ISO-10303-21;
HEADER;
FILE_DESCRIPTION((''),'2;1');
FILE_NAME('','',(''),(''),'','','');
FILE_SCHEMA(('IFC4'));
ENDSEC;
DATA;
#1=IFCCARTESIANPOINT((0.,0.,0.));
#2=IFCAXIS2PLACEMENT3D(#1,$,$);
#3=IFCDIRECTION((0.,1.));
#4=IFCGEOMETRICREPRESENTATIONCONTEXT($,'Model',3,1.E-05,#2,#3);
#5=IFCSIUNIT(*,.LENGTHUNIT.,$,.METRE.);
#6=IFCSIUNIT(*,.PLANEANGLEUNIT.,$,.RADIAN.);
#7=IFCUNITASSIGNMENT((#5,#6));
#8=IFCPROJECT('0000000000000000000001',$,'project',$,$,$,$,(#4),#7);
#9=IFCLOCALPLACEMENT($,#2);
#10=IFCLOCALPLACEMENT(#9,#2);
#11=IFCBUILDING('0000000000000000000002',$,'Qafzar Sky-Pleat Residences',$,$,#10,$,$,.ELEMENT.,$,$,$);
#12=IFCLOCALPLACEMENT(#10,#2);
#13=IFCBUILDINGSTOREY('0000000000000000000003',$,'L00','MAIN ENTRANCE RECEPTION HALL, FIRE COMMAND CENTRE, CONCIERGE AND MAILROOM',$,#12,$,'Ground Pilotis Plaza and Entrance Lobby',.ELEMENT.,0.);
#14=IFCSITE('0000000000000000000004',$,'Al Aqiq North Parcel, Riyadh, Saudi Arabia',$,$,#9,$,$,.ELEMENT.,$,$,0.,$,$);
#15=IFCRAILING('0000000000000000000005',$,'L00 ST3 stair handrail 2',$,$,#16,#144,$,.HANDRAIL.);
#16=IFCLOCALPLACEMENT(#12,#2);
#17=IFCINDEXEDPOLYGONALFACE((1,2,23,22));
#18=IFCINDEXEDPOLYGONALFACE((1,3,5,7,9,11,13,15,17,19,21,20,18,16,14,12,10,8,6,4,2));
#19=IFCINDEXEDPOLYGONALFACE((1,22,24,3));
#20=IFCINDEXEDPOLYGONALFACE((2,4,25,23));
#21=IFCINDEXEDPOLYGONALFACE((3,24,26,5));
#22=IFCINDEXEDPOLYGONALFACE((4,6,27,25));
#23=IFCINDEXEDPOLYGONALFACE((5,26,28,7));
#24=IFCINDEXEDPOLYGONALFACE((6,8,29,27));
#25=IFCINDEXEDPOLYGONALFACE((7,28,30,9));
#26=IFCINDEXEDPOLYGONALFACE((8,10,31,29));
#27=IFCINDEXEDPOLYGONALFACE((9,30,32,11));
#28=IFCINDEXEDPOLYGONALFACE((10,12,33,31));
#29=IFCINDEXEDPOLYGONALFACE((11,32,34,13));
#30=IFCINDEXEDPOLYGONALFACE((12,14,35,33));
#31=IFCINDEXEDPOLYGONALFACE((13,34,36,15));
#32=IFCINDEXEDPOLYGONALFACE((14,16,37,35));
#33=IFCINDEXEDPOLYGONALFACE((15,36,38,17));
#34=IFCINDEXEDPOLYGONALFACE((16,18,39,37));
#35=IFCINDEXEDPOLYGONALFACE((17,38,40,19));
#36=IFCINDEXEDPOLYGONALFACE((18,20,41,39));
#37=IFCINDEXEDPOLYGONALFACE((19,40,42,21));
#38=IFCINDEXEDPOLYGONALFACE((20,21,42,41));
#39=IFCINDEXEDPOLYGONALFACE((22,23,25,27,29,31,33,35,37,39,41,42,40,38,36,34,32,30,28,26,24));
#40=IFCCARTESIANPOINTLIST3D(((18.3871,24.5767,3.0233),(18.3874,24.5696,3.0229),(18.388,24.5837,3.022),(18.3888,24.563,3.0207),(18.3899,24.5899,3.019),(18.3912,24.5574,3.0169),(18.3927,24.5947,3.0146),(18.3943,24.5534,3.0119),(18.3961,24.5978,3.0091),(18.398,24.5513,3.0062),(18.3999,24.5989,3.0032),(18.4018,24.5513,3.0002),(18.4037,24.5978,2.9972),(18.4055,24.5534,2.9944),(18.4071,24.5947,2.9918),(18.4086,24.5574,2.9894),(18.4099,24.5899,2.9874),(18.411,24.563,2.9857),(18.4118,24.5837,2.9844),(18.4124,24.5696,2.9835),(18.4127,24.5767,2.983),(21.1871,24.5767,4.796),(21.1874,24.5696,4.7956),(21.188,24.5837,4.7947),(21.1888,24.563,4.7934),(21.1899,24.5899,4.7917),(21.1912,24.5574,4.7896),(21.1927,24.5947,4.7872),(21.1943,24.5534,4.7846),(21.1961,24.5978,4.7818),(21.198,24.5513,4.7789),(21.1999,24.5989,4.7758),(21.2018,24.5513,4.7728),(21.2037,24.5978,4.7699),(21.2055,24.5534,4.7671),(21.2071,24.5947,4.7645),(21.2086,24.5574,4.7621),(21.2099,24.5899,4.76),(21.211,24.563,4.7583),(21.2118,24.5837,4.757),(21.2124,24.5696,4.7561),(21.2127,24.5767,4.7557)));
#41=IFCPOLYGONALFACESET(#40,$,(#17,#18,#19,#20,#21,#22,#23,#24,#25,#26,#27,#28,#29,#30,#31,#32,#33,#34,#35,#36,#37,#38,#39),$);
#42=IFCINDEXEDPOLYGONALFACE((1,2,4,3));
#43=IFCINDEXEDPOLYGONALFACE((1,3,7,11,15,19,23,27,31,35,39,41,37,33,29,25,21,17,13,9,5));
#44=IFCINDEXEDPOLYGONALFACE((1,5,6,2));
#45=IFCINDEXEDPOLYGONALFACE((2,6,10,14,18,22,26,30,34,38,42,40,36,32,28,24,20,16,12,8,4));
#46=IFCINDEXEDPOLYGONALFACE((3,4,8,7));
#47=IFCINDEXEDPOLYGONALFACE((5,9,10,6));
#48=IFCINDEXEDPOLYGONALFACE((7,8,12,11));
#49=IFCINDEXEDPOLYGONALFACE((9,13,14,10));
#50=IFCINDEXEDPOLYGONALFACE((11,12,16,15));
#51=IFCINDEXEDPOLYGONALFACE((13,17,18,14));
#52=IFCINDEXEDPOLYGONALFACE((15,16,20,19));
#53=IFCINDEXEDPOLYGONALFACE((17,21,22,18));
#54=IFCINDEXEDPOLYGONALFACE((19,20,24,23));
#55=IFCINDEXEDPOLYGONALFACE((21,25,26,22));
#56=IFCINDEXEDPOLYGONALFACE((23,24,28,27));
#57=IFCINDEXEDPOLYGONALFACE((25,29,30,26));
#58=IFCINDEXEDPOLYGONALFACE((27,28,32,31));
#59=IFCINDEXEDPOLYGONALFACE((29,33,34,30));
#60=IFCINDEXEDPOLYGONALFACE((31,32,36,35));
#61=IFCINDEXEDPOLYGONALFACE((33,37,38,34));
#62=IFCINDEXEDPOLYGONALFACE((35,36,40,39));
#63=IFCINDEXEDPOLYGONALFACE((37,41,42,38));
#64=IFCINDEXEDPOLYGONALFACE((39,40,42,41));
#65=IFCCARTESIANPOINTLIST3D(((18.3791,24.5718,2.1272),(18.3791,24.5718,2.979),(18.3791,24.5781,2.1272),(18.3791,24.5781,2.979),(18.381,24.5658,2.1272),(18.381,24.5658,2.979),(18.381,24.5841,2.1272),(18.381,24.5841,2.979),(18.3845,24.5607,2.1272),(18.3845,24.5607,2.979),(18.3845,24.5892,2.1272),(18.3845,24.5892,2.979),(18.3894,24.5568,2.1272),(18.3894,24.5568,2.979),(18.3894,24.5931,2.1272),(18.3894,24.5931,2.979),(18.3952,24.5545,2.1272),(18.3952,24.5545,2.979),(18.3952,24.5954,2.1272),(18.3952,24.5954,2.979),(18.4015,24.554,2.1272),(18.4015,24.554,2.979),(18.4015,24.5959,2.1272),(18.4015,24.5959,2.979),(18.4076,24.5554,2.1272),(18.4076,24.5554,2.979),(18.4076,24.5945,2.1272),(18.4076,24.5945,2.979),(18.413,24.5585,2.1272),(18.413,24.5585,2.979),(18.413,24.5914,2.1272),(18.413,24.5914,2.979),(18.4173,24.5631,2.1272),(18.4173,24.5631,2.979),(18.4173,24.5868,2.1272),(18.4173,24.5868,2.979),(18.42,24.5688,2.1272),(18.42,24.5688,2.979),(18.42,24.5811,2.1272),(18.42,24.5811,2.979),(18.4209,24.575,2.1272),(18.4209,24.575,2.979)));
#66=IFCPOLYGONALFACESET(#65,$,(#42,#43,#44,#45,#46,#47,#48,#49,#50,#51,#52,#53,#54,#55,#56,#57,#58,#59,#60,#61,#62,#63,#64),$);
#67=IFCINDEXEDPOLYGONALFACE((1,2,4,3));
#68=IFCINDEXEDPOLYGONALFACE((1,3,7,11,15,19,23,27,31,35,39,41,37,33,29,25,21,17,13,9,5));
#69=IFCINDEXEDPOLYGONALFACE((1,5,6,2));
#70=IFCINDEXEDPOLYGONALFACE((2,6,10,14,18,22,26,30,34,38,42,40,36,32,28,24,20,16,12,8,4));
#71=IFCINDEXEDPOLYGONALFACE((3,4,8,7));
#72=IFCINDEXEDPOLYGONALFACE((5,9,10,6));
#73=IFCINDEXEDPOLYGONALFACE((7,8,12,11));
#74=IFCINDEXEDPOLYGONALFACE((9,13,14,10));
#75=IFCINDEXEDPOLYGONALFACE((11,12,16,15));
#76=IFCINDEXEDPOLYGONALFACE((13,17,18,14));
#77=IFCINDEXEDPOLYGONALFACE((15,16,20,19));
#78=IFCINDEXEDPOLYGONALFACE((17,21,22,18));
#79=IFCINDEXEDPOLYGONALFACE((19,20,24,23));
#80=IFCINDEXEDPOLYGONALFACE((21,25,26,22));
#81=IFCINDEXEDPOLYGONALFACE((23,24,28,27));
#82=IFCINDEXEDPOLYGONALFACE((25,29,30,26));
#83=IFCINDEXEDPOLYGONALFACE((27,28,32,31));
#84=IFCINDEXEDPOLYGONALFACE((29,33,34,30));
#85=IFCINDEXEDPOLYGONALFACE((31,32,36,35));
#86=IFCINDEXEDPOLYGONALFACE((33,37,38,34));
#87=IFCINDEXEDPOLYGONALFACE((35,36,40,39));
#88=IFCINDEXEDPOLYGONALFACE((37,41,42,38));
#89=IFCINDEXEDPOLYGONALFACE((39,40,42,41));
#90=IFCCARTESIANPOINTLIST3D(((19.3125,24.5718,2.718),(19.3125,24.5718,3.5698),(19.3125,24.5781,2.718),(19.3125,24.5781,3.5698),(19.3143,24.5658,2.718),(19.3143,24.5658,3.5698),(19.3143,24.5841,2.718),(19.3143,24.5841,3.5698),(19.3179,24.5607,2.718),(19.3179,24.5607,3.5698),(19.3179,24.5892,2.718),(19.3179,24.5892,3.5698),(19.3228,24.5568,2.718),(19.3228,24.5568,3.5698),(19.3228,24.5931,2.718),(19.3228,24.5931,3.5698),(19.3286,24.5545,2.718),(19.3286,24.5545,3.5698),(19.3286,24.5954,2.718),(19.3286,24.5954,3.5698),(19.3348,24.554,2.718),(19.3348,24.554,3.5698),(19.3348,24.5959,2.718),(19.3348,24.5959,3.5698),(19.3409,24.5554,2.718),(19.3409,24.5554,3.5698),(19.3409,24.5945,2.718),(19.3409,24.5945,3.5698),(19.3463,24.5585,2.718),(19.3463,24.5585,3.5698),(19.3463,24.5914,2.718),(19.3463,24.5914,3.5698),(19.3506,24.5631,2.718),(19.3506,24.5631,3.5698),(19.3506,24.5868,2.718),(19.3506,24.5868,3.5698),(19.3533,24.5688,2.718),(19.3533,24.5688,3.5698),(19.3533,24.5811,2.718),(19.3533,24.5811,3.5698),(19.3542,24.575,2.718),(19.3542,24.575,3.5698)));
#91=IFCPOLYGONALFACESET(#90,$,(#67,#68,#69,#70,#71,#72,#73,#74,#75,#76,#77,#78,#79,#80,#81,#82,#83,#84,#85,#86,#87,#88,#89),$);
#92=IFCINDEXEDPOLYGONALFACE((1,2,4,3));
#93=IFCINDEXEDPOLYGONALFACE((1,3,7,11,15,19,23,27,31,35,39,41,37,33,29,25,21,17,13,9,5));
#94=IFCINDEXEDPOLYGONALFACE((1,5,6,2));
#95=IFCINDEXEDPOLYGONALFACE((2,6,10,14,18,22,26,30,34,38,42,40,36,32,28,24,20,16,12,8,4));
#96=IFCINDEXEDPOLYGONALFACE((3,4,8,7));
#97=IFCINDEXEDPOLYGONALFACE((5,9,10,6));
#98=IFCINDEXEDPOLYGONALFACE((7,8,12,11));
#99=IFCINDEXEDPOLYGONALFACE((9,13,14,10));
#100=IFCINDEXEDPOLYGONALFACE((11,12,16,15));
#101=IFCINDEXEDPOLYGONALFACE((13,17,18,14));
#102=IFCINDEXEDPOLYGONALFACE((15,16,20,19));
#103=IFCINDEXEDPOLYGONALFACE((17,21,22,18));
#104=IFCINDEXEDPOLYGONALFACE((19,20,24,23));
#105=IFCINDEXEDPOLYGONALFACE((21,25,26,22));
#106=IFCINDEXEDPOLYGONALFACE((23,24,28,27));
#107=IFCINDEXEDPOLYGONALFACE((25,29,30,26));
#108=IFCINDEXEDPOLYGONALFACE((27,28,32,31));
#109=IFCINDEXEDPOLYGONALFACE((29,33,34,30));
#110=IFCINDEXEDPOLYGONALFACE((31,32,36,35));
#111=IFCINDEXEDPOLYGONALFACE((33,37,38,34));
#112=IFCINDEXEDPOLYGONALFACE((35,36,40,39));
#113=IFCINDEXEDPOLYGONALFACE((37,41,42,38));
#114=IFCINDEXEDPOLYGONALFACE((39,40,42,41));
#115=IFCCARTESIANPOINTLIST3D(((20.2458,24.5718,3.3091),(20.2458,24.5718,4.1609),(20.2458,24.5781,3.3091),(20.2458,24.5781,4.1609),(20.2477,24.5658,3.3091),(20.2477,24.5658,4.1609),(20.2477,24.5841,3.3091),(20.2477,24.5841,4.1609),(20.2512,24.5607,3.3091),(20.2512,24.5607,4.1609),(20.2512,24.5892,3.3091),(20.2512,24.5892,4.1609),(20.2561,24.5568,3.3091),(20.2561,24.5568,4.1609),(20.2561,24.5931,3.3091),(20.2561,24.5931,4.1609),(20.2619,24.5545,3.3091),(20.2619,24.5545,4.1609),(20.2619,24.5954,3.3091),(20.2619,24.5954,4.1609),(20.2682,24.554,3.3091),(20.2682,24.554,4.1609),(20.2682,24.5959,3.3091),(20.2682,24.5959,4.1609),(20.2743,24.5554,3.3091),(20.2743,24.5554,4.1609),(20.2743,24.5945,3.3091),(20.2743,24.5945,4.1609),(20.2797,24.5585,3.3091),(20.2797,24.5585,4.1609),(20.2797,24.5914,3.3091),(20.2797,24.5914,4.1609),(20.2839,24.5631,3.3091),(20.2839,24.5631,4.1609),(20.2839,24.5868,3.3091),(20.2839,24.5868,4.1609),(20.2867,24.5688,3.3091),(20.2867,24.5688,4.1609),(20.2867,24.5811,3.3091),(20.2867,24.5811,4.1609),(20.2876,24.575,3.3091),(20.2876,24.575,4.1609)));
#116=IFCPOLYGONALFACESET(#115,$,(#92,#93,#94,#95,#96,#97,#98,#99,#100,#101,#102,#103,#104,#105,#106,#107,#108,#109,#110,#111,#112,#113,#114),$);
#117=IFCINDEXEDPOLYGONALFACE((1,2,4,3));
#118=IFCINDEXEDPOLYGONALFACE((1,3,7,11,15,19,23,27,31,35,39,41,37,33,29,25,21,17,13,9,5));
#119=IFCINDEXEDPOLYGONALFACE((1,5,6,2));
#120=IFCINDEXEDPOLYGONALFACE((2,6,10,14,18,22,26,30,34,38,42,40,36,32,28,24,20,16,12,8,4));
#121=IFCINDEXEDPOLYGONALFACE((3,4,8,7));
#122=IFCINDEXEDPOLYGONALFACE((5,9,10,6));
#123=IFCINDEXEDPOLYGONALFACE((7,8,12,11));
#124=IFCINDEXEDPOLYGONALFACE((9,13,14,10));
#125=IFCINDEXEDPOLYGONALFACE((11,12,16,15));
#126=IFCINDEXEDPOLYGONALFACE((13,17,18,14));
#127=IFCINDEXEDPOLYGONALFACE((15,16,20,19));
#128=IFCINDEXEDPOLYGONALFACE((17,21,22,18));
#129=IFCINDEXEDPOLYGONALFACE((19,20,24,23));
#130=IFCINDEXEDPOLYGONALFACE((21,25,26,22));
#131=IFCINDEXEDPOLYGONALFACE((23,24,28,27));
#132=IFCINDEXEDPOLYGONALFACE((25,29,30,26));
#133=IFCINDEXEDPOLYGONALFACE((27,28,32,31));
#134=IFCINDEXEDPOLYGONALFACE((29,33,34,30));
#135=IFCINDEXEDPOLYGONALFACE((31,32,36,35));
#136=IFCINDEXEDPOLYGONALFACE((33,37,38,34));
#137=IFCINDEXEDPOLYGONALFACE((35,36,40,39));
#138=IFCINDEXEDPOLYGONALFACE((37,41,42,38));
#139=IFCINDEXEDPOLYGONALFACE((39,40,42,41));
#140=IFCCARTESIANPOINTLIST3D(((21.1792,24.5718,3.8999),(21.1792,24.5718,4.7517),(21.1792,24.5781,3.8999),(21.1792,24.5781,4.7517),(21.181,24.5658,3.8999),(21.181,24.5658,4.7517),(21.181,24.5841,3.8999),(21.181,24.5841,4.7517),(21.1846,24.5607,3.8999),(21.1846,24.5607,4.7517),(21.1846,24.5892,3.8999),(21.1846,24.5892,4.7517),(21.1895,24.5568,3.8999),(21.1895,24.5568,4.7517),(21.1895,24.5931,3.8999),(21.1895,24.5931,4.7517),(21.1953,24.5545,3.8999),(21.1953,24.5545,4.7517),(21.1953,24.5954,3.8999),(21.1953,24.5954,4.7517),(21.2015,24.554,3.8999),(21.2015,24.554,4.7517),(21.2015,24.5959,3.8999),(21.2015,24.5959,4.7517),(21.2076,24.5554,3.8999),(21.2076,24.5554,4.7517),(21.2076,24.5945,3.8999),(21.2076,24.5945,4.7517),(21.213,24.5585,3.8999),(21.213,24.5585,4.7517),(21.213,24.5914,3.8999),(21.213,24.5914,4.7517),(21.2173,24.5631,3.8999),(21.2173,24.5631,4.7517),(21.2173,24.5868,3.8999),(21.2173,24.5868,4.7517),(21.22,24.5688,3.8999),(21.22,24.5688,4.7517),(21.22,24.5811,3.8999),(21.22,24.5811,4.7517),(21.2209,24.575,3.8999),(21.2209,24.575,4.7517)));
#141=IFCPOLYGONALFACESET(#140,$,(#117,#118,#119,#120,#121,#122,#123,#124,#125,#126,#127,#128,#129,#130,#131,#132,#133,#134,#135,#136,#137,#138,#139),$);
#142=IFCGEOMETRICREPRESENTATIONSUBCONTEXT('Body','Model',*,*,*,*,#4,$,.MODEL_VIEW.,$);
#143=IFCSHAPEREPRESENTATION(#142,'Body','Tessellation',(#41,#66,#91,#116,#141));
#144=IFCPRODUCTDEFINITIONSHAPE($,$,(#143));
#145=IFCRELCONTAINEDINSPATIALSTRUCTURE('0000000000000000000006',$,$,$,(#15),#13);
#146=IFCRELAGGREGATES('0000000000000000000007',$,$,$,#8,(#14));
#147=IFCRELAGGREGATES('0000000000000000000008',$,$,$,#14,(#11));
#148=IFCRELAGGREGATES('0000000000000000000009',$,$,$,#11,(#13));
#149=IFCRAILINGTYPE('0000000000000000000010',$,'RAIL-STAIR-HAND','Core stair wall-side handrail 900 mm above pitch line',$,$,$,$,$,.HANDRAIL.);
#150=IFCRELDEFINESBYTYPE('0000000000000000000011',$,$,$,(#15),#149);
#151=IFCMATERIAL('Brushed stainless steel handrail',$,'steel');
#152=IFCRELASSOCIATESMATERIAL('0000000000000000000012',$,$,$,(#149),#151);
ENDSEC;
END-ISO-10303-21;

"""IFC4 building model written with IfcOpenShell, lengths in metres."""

from ifc_helpers import new_model, si_unit, direction, frame, origin, origin_2d, place, context, subcontext, project, spatial, circle, extrude, source, transform, mapped, material, type_object, element, save


model = new_model("IFC4")

# Units and contexts
model_context = context("Model", 3, precision=1e-05, world=origin(), true_north=direction((0.0, 1.0)))
body_context = subcontext(model_context, "Body", "Model", "MODEL_VIEW")
ifc_project = project(units=[si_unit("LENGTHUNIT", "METRE"), si_unit("PLANEANGLEUNIT", "RADIAN")], contexts=[model_context])

# Site, building, storey
site_placement = place(None, origin())
site = spatial("IfcSite", under=ifc_project, at=site_placement, Name="Al Aqiq North Parcel, Riyadh, Saudi Arabia", CompositionType="ELEMENT", RefElevation=0.0)
building_placement = place(site_placement, origin())
building = spatial("IfcBuilding", under=site, at=building_placement, Name="Qafzar Sky-Pleat Residences", CompositionType="ELEMENT")
storey_placement = place(building_placement, origin())
storey = spatial("IfcBuildingStorey", under=building, at=storey_placement, Name="L00", Description="MAIN ENTRANCE RECEPTION HALL, FIRE COMMAND CENTRE, CONCIERGE AND MAILROOM", LongName="Ground Pilotis Plaza and Entrance Lobby", CompositionType="ELEMENT", Elevation=0.0)

# Railing
ifc_material_1 = material(Name="Brushed stainless steel handrail", Category="steel")
railing_type = type_object("IfcRailingType", Name="RAIL-STAIR-HAND", Description="Core stair wall-side handrail 900 mm above pitch line", PredefinedType="HANDRAIL", material=ifc_material_1)
shared_shape_1 = source(origin(), body_context, "Body", "SweptSolid", [
    extrude(circle(Radius=0.0239, at=origin_2d()), frame((0.0, 0.0, 0.876), z_axis=(0.844909, 0.0, 0.53491), x_axis=(0.0, 1.0, 0.0)), (0.0, 0.0, 1.0), 3.314),
    extrude(circle(Radius=0.021, at=origin_2d()), origin(), (0.0, 0.0, 1.0), 0.8518),
    extrude(circle(Radius=0.021, at=origin_2d()), frame((0.9333, 0.0, 0.5908)), (0.0, 0.0, 1.0), 0.8518),
    extrude(circle(Radius=0.021, at=origin_2d()), frame((1.8667, 0.0, 1.1819)), (0.0, 0.0, 1.0), 0.8518),
    extrude(circle(Radius=0.021, at=origin_2d()), frame((2.8, 0.0, 1.7727)), (0.0, 0.0, 1.0), 0.8518),
])
for number, where, name in (
    (1, (18.3999, 24.575, 2.1272), "L00 ST3 stair handrail 2"),
):
    element("IfcRailing", number, at=place(storey_placement, frame(where)), inside=storey, type_object=railing_type, Name=name, PredefinedType="HANDRAIL", context=body_context, shape_type="MappedRepresentation", body=[
        mapped(shared_shape_1, transform((0.0, 0.0, 0.0), x_axis=(1.0, 0.0, 0.0), y_axis=(0.0, 1.0, 0.0), z_axis=(0.0, 0.0, 1.0), scale=1.0)),
    ])

save(model, "model.ifc")
